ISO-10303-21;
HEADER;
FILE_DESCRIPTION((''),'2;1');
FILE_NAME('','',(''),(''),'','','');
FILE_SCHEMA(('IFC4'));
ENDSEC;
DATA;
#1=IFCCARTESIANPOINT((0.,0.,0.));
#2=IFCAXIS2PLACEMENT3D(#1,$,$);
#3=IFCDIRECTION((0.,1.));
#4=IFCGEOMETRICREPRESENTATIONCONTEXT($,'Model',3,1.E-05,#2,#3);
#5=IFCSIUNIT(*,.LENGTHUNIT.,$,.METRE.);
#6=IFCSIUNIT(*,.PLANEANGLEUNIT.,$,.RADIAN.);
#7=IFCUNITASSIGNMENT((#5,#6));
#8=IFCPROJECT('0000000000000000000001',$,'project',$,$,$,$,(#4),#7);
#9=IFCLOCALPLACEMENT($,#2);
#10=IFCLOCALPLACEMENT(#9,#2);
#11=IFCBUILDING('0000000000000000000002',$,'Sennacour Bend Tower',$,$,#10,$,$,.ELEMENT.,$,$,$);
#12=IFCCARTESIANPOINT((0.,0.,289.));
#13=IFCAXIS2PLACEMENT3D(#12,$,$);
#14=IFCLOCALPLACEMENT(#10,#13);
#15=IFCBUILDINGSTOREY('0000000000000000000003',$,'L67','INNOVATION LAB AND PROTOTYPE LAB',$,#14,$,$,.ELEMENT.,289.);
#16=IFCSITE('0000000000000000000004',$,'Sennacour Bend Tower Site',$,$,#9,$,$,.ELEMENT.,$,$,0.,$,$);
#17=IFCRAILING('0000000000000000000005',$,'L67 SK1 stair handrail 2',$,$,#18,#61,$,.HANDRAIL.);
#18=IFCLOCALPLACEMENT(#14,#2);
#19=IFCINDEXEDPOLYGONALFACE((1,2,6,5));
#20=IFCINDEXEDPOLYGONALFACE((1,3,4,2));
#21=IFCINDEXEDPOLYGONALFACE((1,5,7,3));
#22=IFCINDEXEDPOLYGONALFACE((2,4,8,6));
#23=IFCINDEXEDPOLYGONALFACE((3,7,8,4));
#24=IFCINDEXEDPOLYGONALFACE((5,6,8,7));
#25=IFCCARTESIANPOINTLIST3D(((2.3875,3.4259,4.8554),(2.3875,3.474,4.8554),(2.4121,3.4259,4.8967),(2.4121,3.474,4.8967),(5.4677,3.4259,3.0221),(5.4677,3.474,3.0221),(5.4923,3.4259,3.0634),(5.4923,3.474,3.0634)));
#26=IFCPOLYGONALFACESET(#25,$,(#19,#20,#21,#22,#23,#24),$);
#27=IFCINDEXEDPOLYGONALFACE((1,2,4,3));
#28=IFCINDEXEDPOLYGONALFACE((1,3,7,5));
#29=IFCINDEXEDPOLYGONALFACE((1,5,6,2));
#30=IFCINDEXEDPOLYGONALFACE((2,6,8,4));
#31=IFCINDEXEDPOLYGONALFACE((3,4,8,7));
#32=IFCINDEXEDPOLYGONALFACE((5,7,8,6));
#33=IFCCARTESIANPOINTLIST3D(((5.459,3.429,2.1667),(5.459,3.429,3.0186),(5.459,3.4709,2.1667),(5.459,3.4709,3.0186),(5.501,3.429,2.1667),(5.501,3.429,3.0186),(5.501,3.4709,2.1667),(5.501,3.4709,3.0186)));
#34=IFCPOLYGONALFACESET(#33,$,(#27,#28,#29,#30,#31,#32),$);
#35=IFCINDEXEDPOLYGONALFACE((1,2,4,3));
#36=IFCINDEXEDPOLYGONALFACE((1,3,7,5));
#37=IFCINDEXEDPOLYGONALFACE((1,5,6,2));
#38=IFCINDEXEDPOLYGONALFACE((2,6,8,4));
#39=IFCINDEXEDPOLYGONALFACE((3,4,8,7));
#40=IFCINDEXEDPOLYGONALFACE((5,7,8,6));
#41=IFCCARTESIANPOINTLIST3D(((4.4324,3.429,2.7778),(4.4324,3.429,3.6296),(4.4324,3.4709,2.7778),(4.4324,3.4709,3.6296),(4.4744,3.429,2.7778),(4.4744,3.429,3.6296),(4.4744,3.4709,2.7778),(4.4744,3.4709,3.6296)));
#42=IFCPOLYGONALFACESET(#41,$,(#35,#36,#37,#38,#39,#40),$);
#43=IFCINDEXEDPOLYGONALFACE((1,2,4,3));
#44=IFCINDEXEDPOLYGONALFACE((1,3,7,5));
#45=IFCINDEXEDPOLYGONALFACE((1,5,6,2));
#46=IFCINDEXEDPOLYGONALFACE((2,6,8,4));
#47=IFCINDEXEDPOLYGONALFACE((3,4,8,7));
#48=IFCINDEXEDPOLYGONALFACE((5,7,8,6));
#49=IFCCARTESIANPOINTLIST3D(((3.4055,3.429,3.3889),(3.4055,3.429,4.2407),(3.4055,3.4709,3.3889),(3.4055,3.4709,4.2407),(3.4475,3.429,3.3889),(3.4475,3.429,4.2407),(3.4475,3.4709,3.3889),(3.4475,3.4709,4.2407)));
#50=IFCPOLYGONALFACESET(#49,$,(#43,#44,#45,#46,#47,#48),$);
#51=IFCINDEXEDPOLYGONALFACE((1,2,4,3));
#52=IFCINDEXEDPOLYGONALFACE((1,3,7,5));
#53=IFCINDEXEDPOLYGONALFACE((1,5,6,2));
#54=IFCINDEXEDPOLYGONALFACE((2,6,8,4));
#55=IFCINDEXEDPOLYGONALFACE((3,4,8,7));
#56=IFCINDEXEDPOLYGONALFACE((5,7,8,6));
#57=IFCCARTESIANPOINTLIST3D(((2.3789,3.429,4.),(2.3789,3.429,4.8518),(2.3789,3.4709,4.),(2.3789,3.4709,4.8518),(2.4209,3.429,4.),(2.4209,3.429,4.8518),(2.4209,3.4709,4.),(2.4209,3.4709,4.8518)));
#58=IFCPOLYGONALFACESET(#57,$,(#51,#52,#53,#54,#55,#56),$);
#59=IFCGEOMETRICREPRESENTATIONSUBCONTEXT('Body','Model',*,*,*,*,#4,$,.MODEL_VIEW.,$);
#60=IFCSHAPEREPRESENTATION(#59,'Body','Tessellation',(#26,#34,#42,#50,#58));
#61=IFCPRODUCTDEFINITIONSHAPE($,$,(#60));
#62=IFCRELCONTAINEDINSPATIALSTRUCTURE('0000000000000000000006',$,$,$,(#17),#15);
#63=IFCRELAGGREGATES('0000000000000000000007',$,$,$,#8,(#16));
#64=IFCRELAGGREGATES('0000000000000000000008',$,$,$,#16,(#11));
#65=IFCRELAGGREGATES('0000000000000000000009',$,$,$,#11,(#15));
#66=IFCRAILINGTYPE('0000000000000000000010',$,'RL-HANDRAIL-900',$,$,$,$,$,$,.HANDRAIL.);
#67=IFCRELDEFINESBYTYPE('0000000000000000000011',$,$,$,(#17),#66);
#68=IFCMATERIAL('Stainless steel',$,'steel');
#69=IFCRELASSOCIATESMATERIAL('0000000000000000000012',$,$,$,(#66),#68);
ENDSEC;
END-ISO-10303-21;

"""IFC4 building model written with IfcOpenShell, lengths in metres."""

from ifc_helpers import new_model, si_unit, direction, frame, origin, origin_2d, place, context, subcontext, project, spatial, rectangle, extrude, material, type_object, element, save


model = new_model("IFC4")

# Units and contexts
model_context = context("Model", 3, precision=1e-05, world=origin(), true_north=direction((0.0, 1.0)))
body_context = subcontext(model_context, "Body", "Model", "MODEL_VIEW")
ifc_project = project(units=[si_unit("LENGTHUNIT", "METRE"), si_unit("PLANEANGLEUNIT", "RADIAN")], contexts=[model_context])

# Site, building, storey
site_placement = place(None, origin())
site = spatial("IfcSite", under=ifc_project, at=site_placement, Name="Sennacour Bend Tower Site", CompositionType="ELEMENT", RefElevation=0.0)
building_placement = place(site_placement, origin())
building = spatial("IfcBuilding", under=site, at=building_placement, Name="Sennacour Bend Tower", CompositionType="ELEMENT")
storey_placement = place(building_placement, frame((0.0, 0.0, 289.0)))
storey = spatial("IfcBuildingStorey", under=building, at=storey_placement, Name="L67", Description="INNOVATION LAB AND PROTOTYPE LAB", CompositionType="ELEMENT", Elevation=289.0)

# Railing
ifc_material_1 = material(Name="Stainless steel", Category="steel")
railing_type = type_object("IfcRailingType", Name="RL-HANDRAIL-900", PredefinedType="HANDRAIL", material=ifc_material_1)
railing_placement = place(storey_placement, frame((5.48, 3.45, 2.1667)))
element("IfcRailing", 1, at=railing_placement, inside=storey, type_object=railing_type, Name="L67 SK1 stair handrail 2", PredefinedType="HANDRAIL", context=body_context, shape_type="SweptSolid", body=[
    extrude(rectangle(XDim=0.0481, YDim=0.0481, at=origin_2d()), frame((0.0, 0.0, 0.876), z_axis=(-0.859309, 0.0, 0.511458), x_axis=(0.0, -1.0, 0.0)), (0.0, 0.0, 1.0), 3.5845),
    extrude(rectangle(XDim=0.042, YDim=0.042, at=origin_2d()), origin(), (0.0, 0.0, 1.0), 0.8518),
    extrude(rectangle(XDim=0.042, YDim=0.042, at=origin_2d()), frame((-1.0266, 0.0, 0.6111)), (0.0, 0.0, 1.0), 0.8518),
    extrude(rectangle(XDim=0.042, YDim=0.042, at=origin_2d()), frame((-2.0535, 0.0, 1.2222)), (0.0, 0.0, 1.0), 0.8518),
    extrude(rectangle(XDim=0.042, YDim=0.042, at=origin_2d()), frame((-3.0801, 0.0, 1.8333)), (0.0, 0.0, 1.0), 0.8518),
])

save(model, "model.ifc")
